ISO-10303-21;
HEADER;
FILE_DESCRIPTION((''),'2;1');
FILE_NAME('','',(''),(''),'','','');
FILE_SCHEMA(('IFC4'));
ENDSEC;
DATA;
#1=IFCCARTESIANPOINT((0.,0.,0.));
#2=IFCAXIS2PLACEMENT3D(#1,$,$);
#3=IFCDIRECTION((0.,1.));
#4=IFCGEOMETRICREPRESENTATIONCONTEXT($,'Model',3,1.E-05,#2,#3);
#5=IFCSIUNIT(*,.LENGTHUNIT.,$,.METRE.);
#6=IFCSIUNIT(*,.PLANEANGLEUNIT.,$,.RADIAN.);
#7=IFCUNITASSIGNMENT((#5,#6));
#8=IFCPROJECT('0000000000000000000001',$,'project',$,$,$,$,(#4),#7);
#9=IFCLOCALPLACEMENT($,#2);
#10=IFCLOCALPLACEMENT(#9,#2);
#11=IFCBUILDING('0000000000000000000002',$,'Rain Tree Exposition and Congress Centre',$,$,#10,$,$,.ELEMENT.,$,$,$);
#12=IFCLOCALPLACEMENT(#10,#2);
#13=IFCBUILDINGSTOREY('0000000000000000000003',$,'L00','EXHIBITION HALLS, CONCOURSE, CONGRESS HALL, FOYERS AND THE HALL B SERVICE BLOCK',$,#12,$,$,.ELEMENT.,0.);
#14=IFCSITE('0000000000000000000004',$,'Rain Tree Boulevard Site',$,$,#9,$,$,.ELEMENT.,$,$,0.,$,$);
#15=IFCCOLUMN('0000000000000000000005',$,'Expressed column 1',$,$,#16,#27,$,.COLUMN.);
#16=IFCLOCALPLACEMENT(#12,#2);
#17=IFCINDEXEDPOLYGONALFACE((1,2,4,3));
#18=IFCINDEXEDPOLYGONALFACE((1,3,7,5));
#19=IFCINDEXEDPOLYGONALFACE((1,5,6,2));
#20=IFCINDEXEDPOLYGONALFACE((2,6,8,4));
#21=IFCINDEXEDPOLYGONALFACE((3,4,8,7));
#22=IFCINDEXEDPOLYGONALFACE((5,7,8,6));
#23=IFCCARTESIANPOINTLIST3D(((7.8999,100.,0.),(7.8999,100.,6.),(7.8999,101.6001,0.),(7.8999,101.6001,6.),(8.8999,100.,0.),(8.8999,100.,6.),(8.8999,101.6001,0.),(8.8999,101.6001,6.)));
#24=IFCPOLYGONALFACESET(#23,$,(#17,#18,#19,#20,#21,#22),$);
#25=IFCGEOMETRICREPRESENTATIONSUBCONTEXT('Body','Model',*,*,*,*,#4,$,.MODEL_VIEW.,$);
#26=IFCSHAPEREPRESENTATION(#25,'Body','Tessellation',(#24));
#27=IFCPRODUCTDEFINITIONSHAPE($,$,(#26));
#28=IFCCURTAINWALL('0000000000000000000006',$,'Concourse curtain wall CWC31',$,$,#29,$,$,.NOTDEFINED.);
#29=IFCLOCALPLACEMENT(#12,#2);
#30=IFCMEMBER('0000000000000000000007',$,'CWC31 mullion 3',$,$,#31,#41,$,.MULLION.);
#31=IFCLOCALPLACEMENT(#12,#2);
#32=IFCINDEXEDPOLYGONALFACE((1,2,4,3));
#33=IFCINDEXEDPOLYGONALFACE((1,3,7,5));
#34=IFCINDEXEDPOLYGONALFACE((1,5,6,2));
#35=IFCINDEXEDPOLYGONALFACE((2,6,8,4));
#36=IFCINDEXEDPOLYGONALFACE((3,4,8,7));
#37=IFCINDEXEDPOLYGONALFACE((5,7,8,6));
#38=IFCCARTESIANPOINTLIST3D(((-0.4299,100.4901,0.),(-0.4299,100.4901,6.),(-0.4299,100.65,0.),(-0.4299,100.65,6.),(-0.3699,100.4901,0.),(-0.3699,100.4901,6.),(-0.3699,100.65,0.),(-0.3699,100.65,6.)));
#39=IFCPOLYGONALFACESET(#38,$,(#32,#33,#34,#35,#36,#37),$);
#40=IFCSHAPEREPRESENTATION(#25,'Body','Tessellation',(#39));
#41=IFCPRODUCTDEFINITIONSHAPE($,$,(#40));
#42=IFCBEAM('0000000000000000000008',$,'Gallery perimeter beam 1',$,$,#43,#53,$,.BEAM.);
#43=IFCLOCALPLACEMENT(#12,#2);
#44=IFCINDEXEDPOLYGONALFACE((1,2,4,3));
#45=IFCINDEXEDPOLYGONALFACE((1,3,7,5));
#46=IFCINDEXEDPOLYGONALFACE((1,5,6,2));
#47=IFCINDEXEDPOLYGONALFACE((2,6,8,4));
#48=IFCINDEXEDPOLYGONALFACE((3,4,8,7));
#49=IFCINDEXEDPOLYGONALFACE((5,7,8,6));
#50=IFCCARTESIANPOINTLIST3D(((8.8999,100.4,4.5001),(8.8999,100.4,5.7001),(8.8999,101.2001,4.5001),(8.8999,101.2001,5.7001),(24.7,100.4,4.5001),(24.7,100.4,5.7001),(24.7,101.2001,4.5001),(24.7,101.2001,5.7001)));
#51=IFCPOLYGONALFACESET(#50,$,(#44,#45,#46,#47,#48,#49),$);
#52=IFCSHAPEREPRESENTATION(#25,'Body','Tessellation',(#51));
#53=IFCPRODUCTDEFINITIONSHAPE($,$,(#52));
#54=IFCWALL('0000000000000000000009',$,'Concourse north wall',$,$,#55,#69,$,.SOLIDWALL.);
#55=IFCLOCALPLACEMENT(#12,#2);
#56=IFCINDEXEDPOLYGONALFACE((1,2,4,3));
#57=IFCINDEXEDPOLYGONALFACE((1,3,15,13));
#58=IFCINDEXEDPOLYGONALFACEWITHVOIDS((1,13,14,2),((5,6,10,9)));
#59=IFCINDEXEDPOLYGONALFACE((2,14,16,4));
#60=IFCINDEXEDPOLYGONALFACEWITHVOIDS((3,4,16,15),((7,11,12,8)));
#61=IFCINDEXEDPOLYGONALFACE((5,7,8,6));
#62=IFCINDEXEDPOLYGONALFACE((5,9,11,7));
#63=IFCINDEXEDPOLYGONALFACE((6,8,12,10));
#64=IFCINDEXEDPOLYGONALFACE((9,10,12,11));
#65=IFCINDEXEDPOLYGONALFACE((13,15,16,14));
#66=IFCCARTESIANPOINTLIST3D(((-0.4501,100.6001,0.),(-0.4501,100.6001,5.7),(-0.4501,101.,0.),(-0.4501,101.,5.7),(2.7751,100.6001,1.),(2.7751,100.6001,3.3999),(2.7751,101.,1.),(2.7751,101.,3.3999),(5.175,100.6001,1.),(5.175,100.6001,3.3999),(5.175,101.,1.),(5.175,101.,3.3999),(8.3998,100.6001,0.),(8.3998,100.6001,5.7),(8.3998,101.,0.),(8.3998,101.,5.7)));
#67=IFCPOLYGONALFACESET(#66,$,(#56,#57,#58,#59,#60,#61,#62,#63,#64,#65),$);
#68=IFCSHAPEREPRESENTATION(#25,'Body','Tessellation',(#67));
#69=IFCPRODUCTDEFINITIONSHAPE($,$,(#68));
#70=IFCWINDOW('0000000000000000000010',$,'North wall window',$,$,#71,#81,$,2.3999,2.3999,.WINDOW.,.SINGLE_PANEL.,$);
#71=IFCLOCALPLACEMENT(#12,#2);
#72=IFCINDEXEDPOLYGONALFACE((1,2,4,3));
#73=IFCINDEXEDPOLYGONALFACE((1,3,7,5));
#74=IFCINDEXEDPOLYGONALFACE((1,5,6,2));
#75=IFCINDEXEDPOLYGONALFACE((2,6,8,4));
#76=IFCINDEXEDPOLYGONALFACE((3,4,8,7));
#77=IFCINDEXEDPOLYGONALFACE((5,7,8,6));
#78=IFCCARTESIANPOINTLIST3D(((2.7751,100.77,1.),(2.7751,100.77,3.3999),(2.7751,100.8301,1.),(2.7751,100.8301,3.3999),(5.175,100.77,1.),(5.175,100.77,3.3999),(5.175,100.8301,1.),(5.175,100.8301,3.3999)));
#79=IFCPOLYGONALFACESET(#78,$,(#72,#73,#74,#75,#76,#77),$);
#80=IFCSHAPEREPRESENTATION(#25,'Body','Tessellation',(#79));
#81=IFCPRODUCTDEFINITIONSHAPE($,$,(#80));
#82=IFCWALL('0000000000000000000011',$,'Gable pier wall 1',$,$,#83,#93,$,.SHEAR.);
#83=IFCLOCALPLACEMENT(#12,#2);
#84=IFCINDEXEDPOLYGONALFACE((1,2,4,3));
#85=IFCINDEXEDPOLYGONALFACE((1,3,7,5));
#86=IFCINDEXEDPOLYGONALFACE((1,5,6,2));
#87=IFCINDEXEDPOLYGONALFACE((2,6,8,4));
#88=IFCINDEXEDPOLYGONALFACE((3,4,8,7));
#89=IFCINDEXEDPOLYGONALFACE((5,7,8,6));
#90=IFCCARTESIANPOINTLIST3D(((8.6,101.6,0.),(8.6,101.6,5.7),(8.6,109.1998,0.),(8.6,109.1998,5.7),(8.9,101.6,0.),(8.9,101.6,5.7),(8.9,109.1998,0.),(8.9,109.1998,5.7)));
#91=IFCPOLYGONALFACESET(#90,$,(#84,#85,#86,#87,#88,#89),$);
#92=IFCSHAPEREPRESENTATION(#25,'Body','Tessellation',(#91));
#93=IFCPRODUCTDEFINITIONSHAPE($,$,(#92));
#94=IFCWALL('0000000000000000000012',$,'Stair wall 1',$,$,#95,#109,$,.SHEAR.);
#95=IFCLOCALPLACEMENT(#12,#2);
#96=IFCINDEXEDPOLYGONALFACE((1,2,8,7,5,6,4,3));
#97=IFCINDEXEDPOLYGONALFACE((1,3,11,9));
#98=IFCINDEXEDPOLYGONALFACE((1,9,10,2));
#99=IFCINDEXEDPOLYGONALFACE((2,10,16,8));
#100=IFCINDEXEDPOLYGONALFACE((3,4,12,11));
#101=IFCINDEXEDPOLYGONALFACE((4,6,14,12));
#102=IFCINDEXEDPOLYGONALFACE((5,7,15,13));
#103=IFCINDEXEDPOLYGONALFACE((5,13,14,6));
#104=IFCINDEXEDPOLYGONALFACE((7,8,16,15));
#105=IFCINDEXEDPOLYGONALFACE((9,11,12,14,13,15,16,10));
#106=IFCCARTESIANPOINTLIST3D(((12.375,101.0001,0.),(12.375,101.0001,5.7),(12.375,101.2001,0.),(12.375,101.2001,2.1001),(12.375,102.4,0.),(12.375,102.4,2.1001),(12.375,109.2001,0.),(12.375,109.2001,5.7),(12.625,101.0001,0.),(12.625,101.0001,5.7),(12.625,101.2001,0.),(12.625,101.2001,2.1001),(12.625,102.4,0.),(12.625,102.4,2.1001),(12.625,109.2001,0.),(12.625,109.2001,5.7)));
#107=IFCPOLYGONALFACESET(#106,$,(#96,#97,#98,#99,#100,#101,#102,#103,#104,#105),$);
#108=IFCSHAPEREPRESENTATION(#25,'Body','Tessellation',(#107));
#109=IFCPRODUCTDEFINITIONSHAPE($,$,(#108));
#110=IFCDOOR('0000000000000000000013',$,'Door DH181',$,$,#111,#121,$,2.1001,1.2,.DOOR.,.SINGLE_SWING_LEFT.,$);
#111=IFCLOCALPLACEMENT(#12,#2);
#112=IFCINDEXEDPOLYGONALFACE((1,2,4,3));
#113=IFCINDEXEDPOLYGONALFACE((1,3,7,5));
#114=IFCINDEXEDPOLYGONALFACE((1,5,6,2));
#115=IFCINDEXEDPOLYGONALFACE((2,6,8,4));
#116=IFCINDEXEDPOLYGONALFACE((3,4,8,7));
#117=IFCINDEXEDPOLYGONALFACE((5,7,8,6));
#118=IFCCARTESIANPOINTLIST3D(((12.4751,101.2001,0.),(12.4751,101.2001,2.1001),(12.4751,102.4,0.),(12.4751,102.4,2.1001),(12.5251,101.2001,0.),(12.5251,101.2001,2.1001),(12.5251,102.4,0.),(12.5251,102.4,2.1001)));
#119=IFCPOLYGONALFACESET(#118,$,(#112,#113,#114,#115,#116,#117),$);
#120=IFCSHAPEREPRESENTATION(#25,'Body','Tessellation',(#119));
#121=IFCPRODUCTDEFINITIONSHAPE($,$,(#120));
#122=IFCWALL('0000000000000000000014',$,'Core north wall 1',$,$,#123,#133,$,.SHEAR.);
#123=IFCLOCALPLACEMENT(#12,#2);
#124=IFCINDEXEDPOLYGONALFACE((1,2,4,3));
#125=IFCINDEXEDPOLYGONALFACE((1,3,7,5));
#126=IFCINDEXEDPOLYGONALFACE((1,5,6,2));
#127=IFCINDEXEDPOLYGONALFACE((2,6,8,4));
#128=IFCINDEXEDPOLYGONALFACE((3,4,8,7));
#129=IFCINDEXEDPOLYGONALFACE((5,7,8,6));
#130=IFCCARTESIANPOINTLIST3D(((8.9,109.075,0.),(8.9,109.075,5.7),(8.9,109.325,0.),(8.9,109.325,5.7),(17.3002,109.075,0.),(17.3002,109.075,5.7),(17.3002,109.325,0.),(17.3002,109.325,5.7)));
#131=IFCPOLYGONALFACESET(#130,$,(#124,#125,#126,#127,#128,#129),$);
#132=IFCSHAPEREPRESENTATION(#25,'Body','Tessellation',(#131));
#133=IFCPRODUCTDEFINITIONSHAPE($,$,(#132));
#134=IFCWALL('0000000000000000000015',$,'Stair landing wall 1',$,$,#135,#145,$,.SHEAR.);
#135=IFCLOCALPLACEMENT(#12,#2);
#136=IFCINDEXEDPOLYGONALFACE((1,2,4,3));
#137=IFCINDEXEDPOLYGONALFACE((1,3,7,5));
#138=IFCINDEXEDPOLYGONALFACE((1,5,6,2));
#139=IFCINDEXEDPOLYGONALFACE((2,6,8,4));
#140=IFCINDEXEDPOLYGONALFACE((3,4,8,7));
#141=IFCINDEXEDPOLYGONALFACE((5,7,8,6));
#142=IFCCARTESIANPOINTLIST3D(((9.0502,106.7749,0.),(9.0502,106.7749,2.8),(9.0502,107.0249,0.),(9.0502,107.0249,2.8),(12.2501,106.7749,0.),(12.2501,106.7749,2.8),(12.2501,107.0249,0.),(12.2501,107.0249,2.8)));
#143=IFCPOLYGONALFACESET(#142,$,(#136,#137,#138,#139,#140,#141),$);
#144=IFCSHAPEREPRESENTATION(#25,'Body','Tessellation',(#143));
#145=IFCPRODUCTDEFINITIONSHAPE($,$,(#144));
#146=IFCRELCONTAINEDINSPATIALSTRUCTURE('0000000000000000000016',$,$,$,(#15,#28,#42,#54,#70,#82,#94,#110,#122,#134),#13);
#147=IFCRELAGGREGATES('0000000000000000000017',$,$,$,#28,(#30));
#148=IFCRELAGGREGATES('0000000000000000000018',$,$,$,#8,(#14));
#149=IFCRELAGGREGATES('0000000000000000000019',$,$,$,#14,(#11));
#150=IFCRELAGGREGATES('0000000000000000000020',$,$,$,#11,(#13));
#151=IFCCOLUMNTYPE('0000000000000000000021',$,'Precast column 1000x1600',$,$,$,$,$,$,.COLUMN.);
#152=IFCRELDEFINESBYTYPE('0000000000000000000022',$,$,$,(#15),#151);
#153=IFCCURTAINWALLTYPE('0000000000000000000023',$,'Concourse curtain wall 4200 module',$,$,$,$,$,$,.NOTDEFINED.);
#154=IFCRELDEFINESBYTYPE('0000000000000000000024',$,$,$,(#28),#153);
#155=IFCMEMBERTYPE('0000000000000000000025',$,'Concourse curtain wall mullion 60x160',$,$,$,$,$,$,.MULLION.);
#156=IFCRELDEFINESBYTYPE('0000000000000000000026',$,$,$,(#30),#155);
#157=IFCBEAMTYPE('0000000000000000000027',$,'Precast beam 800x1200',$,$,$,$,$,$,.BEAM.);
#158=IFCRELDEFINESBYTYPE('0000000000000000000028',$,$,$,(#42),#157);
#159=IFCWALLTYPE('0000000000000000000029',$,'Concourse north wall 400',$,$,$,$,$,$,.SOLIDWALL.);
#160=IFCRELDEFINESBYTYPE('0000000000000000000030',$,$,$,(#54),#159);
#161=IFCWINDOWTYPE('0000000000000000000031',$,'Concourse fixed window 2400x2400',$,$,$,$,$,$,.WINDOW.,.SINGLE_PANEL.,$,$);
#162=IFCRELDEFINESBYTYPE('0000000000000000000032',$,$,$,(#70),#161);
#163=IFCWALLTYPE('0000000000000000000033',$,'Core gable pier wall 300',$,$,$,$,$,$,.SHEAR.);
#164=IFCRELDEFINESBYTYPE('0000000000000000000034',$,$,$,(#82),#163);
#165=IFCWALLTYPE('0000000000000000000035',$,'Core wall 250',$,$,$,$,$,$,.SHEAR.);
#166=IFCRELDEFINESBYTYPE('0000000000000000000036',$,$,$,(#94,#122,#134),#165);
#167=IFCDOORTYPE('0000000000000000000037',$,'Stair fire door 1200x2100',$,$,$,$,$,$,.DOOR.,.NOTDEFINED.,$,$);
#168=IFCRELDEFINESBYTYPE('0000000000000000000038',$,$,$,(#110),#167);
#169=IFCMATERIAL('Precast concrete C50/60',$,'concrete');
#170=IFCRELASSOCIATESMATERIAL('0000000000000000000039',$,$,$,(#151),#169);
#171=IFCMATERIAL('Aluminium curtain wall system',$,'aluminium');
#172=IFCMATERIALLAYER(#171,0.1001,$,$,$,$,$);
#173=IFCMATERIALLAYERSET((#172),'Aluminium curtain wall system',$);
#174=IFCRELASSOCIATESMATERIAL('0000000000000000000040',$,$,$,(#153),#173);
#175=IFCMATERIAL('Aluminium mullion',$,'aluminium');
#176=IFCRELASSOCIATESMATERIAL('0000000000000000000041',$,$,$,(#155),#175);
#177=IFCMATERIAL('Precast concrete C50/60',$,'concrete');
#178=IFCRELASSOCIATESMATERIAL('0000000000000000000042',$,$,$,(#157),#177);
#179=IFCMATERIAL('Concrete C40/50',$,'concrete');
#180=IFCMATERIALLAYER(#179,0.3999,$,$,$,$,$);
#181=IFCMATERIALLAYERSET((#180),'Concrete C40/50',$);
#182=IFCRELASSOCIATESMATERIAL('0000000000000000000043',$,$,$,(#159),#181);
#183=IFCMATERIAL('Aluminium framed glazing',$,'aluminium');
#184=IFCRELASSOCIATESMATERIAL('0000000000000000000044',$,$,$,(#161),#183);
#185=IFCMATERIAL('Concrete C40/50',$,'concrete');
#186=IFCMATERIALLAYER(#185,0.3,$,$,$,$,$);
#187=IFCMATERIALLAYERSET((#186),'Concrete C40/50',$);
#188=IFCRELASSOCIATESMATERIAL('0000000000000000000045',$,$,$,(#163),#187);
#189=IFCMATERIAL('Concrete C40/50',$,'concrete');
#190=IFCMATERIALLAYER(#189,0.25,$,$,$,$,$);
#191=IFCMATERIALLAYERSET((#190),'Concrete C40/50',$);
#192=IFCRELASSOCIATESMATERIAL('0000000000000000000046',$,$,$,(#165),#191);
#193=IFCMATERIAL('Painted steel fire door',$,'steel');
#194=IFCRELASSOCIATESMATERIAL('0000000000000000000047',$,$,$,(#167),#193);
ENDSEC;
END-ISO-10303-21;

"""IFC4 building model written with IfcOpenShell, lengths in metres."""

from ifc_helpers import new_model, si_unit, direction, frame, frame_2d, origin, origin_2d, place, context, subcontext, project, spatial, rectangle, extrude, material, layer, layer_set, material_profile, profile_set, type_object, element, fill, aggregate, save


model = new_model("IFC4")

# Units and contexts
model_context = context("Model", 3, precision=1e-05, world=origin(), true_north=direction((0.0, 1.0)))
body_context = subcontext(model_context, "Body", "Model", "MODEL_VIEW")
ifc_project = project(units=[si_unit("LENGTHUNIT", "METRE"), si_unit("PLANEANGLEUNIT", "RADIAN")], contexts=[model_context])

# Site, building, storey
site_placement = place(None, origin())
site = spatial("IfcSite", under=ifc_project, at=site_placement, Name="Rain Tree Boulevard Site", CompositionType="ELEMENT", RefElevation=0.0)
building_placement = place(site_placement, origin())
building = spatial("IfcBuilding", under=site, at=building_placement, Name="Rain Tree Exposition and Congress Centre", CompositionType="ELEMENT")
storey_placement = place(building_placement, origin())
storey = spatial("IfcBuildingStorey", under=building, at=storey_placement, Name="L00", Description="EXHIBITION HALLS, CONCOURSE, CONGRESS HALL, FOYERS AND THE HALL B SERVICE BLOCK", CompositionType="ELEMENT", Elevation=0.0)

# Column
ifc_material_1 = material(Name="Precast concrete C50/60", Category="concrete")
ifc_material_profile_1 = material_profile(ifc_material_1, rectangle(XDim=1.0, YDim=1.6001, at=origin_2d()), Name="RC 1000x1600")
ifc_profile_set_1 = profile_set([ifc_material_profile_1], Name="Precast concrete C50/60")
column_type = type_object("IfcColumnType", Name="Precast column 1000x1600", PredefinedType="COLUMN", material=ifc_profile_set_1)
column_placement = place(storey_placement, frame((8.3999, 100.8, 0.0), z_axis=(0.0, 0.0, 1.0), x_axis=(1.0, 0.0, 0.0)))
element("IfcColumn", 1, at=column_placement, inside=storey, type_object=column_type, Name="Expressed column 1", PredefinedType="COLUMN", context=body_context, shape_type="SweptSolid", body=[
    extrude(rectangle(XDim=1.0, YDim=1.6001, at=origin_2d()), origin(), (0.0, 0.0, 1.0), 6.0),
])

# Curtain wall, member
ifc_material_2 = material(Name="Aluminium curtain wall system", Category="aluminium")
ifc_layer_1 = layer(ifc_material_2, 0.1001)
ifc_layer_set_1 = layer_set([ifc_layer_1], Name="Aluminium curtain wall system")
curtain_wall_type = type_object("IfcCurtainWallType", Name="Concourse curtain wall 4200 module", PredefinedType="NOTDEFINED", material=ifc_layer_set_1)
curtain_wall_placement = place(storey_placement, origin())
curtain_wall = element("IfcCurtainWall", 2, at=curtain_wall_placement, inside=storey, type_object=curtain_wall_type, Name="Concourse curtain wall CWC31", PredefinedType="NOTDEFINED")
ifc_material_3 = material(Name="Aluminium mullion", Category="aluminium")
ifc_material_profile_2 = material_profile(ifc_material_3, rectangle(XDim=0.0601, YDim=0.1599, at=origin_2d()), Name="AL 60x160")
ifc_profile_set_2 = profile_set([ifc_material_profile_2], Name="Aluminium mullion")
member_type = type_object("IfcMemberType", Name="Concourse curtain wall mullion 60x160", PredefinedType="MULLION", material=ifc_profile_set_2)
member_placement = place(storey_placement, frame((-0.3999, 100.5701, 0.0), z_axis=(0.0, 0.0, 1.0), x_axis=(-1.0, 0.0, 0.0)))
member = element("IfcMember", 3, at=member_placement, type_object=member_type, Name="CWC31 mullion 3", PredefinedType="MULLION", context=body_context, shape_type="SweptSolid", body=[
    extrude(rectangle(XDim=0.0601, YDim=0.1599, at=origin_2d()), origin(), (0.0, 0.0, 1.0), 6.0),
])
aggregate(curtain_wall, [member])

# Beam
ifc_material_4 = material(Name="Precast concrete C50/60", Category="concrete")
ifc_material_profile_3 = material_profile(ifc_material_4, rectangle(XDim=0.8, YDim=1.2, at=origin_2d()), Name="RC 800x1200")
ifc_profile_set_3 = profile_set([ifc_material_profile_3], Name="Precast concrete C50/60")
beam_type = type_object("IfcBeamType", Name="Precast beam 800x1200", PredefinedType="BEAM", material=ifc_profile_set_3)
beam_placement = place(storey_placement, frame((8.8999, 100.8, 5.1001), z_axis=(1.0, 0.0, 0.0), x_axis=(0.0, 1.0, 0.0)))
element("IfcBeam", 4, at=beam_placement, inside=storey, type_object=beam_type, Name="Gallery perimeter beam 1", PredefinedType="BEAM", context=body_context, shape_type="SweptSolid", body=[
    extrude(rectangle(XDim=0.8, YDim=1.2, at=origin_2d()), origin(), (0.0, 0.0, 1.0), 15.8),
])

# Wall, opening, window
ifc_material_5 = material(Name="Concrete C40/50", Category="concrete")
ifc_layer_2 = layer(ifc_material_5, 0.3999)
ifc_layer_set_2 = layer_set([ifc_layer_2], Name="Concrete C40/50")
wall_type_1 = type_object("IfcWallType", Name="Concourse north wall 400", PredefinedType="SOLIDWALL", material=ifc_layer_set_2)
wall_1_placement = place(storey_placement, frame((-0.45, 100.8, 0.0), z_axis=(0.0, 0.0, 1.0), x_axis=(1.0, 0.0, 0.0)))
wall_1 = element("IfcWall", 5, at=wall_1_placement, inside=storey, type_object=wall_type_1, Name="Concourse north wall", PredefinedType="SOLIDWALL", context=body_context, shape_type="SweptSolid", body=[
    extrude(rectangle(XDim=8.8499, YDim=0.3999, at=frame_2d((4.4248, 0.0))), origin(), (0.0, 0.0, 1.0), 5.7),
])
opening_1_placement = place(wall_1_placement, frame((3.2251, 0.0, 1.0)))
opening_1 = element("IfcOpeningElement", 6, at=opening_1_placement, cuts=wall_1, PredefinedType="OPENING", context=body_context, shape_type="SweptSolid", body=[
    extrude(rectangle(XDim=2.3999, YDim=2.3999, at=frame_2d((1.2, 1.2))), frame((0.0, 0.2, 0.0), z_axis=(0.0, -1.0, 0.0), x_axis=(1.0, 0.0, 0.0)), (0.0, 0.0, 1.0), 0.3999),
])
ifc_material_6 = material(Name="Aluminium framed glazing", Category="aluminium")
window_type_1 = type_object("IfcWindowType", Name="Concourse fixed window 2400x2400", PartitioningType="SINGLE_PANEL", PredefinedType="WINDOW", material=ifc_material_6)
window_1_placement = place(opening_1_placement, origin())
window_1 = element("IfcWindow", 7, at=window_1_placement, inside=storey, type_object=window_type_1, Name="North wall window", OverallHeight=2.3999, OverallWidth=2.3999, PartitioningType="SINGLE_PANEL", PredefinedType="WINDOW", context=body_context, shape_type="SweptSolid", body=[
    extrude(rectangle(XDim=2.3999, YDim=2.3999, at=frame_2d((1.2, 1.2))), frame((0.0, 0.03, 0.0), z_axis=(0.0, -1.0, 0.0), x_axis=(1.0, 0.0, 0.0)), (0.0, 0.0, 1.0), 0.0601),
])
fill(opening_1, window_1)

# Wall
ifc_material_7 = material(Name="Concrete C40/50", Category="concrete")
ifc_layer_3 = layer(ifc_material_7, 0.3)
ifc_layer_set_3 = layer_set([ifc_layer_3], Name="Concrete C40/50")
wall_type_2 = type_object("IfcWallType", Name="Core gable pier wall 300", PredefinedType="SHEAR", material=ifc_layer_set_3)
wall_2_placement = place(storey_placement, frame((8.75, 101.6001, 0.0), z_axis=(0.0, 0.0, 1.0), x_axis=(0.0, 1.0, 0.0)))
element("IfcWall", 8, at=wall_2_placement, inside=storey, type_object=wall_type_2, Name="Gable pier wall 1", PredefinedType="SHEAR", context=body_context, shape_type="SweptSolid", body=[
    extrude(rectangle(XDim=7.5999, YDim=0.3, at=frame_2d((3.7998, 0.0))), origin(), (0.0, 0.0, 1.0), 5.7),
])

# Wall, opening, door
ifc_material_8 = material(Name="Concrete C40/50", Category="concrete")
ifc_layer_4 = layer(ifc_material_8, 0.25)
ifc_layer_set_4 = layer_set([ifc_layer_4], Name="Concrete C40/50")
wall_type_3 = type_object("IfcWallType", Name="Core wall 250", PredefinedType="SHEAR", material=ifc_layer_set_4)
wall_3_placement = place(storey_placement, frame((12.5, 101.0, 0.0), z_axis=(0.0, 0.0, 1.0), x_axis=(0.0, 1.0, 0.0)))
wall_3 = element("IfcWall", 9, at=wall_3_placement, inside=storey, type_object=wall_type_3, Name="Stair wall 1", PredefinedType="SHEAR", context=body_context, shape_type="SweptSolid", body=[
    extrude(rectangle(XDim=8.2, YDim=0.25, at=frame_2d((4.1001, 0.0))), origin(), (0.0, 0.0, 1.0), 5.7),
])
opening_2_placement = place(wall_3_placement, frame((0.2, 0.0, 0.0)))
opening_2 = element("IfcOpeningElement", 10, at=opening_2_placement, cuts=wall_3, PredefinedType="OPENING", context=body_context, shape_type="SweptSolid", body=[
    extrude(rectangle(XDim=1.2, YDim=2.1001, at=frame_2d((0.6001, 1.05))), frame((0.0, 0.125, 0.0), z_axis=(0.0, -1.0, 0.0), x_axis=(1.0, 0.0, 0.0)), (0.0, 0.0, 1.0), 0.25),
])
ifc_material_9 = material(Name="Painted steel fire door", Category="steel")
door_type = type_object("IfcDoorType", Name="Stair fire door 1200x2100", OperationType="NOTDEFINED", PredefinedType="DOOR", material=ifc_material_9)
door_1_placement = place(opening_2_placement, origin())
door_1 = element("IfcDoor", 11, at=door_1_placement, inside=storey, type_object=door_type, Name="Door DH181", OperationType="SINGLE_SWING_LEFT", OverallHeight=2.1001, OverallWidth=1.2, PredefinedType="DOOR", context=body_context, shape_type="SweptSolid", body=[
    extrude(rectangle(XDim=1.2, YDim=2.1001, at=frame_2d((0.6001, 1.05))), frame((0.0, 0.0249, 0.0), z_axis=(0.0, -1.0, 0.0), x_axis=(1.0, 0.0, 0.0)), (0.0, 0.0, 1.0), 0.05),
])
fill(opening_2, door_1)

# Walls
wall_4_placement = place(storey_placement, frame((8.8999, 109.2, 0.0), z_axis=(0.0, 0.0, 1.0), x_axis=(1.0, 0.0, 0.0)))
element("IfcWall", 12, at=wall_4_placement, inside=storey, type_object=wall_type_3, Name="Core north wall 1", PredefinedType="SHEAR", context=body_context, shape_type="SweptSolid", body=[
    extrude(rectangle(XDim=8.4001, YDim=0.25, at=frame_2d((4.2002, 0.0))), origin(), (0.0, 0.0, 1.0), 5.7),
])
wall_5_placement = place(storey_placement, frame((9.05, 106.8999, 0.0), z_axis=(0.0, 0.0, 1.0), x_axis=(1.0, 0.0, 0.0)))
element("IfcWall", 13, at=wall_5_placement, inside=storey, type_object=wall_type_3, Name="Stair landing wall 1", PredefinedType="SHEAR", context=body_context, shape_type="SweptSolid", body=[
    extrude(rectangle(XDim=3.2, YDim=0.25, at=frame_2d((1.6001, 0.0))), origin(), (0.0, 0.0, 1.0), 2.8),
])

save(model, "model.ifc")
